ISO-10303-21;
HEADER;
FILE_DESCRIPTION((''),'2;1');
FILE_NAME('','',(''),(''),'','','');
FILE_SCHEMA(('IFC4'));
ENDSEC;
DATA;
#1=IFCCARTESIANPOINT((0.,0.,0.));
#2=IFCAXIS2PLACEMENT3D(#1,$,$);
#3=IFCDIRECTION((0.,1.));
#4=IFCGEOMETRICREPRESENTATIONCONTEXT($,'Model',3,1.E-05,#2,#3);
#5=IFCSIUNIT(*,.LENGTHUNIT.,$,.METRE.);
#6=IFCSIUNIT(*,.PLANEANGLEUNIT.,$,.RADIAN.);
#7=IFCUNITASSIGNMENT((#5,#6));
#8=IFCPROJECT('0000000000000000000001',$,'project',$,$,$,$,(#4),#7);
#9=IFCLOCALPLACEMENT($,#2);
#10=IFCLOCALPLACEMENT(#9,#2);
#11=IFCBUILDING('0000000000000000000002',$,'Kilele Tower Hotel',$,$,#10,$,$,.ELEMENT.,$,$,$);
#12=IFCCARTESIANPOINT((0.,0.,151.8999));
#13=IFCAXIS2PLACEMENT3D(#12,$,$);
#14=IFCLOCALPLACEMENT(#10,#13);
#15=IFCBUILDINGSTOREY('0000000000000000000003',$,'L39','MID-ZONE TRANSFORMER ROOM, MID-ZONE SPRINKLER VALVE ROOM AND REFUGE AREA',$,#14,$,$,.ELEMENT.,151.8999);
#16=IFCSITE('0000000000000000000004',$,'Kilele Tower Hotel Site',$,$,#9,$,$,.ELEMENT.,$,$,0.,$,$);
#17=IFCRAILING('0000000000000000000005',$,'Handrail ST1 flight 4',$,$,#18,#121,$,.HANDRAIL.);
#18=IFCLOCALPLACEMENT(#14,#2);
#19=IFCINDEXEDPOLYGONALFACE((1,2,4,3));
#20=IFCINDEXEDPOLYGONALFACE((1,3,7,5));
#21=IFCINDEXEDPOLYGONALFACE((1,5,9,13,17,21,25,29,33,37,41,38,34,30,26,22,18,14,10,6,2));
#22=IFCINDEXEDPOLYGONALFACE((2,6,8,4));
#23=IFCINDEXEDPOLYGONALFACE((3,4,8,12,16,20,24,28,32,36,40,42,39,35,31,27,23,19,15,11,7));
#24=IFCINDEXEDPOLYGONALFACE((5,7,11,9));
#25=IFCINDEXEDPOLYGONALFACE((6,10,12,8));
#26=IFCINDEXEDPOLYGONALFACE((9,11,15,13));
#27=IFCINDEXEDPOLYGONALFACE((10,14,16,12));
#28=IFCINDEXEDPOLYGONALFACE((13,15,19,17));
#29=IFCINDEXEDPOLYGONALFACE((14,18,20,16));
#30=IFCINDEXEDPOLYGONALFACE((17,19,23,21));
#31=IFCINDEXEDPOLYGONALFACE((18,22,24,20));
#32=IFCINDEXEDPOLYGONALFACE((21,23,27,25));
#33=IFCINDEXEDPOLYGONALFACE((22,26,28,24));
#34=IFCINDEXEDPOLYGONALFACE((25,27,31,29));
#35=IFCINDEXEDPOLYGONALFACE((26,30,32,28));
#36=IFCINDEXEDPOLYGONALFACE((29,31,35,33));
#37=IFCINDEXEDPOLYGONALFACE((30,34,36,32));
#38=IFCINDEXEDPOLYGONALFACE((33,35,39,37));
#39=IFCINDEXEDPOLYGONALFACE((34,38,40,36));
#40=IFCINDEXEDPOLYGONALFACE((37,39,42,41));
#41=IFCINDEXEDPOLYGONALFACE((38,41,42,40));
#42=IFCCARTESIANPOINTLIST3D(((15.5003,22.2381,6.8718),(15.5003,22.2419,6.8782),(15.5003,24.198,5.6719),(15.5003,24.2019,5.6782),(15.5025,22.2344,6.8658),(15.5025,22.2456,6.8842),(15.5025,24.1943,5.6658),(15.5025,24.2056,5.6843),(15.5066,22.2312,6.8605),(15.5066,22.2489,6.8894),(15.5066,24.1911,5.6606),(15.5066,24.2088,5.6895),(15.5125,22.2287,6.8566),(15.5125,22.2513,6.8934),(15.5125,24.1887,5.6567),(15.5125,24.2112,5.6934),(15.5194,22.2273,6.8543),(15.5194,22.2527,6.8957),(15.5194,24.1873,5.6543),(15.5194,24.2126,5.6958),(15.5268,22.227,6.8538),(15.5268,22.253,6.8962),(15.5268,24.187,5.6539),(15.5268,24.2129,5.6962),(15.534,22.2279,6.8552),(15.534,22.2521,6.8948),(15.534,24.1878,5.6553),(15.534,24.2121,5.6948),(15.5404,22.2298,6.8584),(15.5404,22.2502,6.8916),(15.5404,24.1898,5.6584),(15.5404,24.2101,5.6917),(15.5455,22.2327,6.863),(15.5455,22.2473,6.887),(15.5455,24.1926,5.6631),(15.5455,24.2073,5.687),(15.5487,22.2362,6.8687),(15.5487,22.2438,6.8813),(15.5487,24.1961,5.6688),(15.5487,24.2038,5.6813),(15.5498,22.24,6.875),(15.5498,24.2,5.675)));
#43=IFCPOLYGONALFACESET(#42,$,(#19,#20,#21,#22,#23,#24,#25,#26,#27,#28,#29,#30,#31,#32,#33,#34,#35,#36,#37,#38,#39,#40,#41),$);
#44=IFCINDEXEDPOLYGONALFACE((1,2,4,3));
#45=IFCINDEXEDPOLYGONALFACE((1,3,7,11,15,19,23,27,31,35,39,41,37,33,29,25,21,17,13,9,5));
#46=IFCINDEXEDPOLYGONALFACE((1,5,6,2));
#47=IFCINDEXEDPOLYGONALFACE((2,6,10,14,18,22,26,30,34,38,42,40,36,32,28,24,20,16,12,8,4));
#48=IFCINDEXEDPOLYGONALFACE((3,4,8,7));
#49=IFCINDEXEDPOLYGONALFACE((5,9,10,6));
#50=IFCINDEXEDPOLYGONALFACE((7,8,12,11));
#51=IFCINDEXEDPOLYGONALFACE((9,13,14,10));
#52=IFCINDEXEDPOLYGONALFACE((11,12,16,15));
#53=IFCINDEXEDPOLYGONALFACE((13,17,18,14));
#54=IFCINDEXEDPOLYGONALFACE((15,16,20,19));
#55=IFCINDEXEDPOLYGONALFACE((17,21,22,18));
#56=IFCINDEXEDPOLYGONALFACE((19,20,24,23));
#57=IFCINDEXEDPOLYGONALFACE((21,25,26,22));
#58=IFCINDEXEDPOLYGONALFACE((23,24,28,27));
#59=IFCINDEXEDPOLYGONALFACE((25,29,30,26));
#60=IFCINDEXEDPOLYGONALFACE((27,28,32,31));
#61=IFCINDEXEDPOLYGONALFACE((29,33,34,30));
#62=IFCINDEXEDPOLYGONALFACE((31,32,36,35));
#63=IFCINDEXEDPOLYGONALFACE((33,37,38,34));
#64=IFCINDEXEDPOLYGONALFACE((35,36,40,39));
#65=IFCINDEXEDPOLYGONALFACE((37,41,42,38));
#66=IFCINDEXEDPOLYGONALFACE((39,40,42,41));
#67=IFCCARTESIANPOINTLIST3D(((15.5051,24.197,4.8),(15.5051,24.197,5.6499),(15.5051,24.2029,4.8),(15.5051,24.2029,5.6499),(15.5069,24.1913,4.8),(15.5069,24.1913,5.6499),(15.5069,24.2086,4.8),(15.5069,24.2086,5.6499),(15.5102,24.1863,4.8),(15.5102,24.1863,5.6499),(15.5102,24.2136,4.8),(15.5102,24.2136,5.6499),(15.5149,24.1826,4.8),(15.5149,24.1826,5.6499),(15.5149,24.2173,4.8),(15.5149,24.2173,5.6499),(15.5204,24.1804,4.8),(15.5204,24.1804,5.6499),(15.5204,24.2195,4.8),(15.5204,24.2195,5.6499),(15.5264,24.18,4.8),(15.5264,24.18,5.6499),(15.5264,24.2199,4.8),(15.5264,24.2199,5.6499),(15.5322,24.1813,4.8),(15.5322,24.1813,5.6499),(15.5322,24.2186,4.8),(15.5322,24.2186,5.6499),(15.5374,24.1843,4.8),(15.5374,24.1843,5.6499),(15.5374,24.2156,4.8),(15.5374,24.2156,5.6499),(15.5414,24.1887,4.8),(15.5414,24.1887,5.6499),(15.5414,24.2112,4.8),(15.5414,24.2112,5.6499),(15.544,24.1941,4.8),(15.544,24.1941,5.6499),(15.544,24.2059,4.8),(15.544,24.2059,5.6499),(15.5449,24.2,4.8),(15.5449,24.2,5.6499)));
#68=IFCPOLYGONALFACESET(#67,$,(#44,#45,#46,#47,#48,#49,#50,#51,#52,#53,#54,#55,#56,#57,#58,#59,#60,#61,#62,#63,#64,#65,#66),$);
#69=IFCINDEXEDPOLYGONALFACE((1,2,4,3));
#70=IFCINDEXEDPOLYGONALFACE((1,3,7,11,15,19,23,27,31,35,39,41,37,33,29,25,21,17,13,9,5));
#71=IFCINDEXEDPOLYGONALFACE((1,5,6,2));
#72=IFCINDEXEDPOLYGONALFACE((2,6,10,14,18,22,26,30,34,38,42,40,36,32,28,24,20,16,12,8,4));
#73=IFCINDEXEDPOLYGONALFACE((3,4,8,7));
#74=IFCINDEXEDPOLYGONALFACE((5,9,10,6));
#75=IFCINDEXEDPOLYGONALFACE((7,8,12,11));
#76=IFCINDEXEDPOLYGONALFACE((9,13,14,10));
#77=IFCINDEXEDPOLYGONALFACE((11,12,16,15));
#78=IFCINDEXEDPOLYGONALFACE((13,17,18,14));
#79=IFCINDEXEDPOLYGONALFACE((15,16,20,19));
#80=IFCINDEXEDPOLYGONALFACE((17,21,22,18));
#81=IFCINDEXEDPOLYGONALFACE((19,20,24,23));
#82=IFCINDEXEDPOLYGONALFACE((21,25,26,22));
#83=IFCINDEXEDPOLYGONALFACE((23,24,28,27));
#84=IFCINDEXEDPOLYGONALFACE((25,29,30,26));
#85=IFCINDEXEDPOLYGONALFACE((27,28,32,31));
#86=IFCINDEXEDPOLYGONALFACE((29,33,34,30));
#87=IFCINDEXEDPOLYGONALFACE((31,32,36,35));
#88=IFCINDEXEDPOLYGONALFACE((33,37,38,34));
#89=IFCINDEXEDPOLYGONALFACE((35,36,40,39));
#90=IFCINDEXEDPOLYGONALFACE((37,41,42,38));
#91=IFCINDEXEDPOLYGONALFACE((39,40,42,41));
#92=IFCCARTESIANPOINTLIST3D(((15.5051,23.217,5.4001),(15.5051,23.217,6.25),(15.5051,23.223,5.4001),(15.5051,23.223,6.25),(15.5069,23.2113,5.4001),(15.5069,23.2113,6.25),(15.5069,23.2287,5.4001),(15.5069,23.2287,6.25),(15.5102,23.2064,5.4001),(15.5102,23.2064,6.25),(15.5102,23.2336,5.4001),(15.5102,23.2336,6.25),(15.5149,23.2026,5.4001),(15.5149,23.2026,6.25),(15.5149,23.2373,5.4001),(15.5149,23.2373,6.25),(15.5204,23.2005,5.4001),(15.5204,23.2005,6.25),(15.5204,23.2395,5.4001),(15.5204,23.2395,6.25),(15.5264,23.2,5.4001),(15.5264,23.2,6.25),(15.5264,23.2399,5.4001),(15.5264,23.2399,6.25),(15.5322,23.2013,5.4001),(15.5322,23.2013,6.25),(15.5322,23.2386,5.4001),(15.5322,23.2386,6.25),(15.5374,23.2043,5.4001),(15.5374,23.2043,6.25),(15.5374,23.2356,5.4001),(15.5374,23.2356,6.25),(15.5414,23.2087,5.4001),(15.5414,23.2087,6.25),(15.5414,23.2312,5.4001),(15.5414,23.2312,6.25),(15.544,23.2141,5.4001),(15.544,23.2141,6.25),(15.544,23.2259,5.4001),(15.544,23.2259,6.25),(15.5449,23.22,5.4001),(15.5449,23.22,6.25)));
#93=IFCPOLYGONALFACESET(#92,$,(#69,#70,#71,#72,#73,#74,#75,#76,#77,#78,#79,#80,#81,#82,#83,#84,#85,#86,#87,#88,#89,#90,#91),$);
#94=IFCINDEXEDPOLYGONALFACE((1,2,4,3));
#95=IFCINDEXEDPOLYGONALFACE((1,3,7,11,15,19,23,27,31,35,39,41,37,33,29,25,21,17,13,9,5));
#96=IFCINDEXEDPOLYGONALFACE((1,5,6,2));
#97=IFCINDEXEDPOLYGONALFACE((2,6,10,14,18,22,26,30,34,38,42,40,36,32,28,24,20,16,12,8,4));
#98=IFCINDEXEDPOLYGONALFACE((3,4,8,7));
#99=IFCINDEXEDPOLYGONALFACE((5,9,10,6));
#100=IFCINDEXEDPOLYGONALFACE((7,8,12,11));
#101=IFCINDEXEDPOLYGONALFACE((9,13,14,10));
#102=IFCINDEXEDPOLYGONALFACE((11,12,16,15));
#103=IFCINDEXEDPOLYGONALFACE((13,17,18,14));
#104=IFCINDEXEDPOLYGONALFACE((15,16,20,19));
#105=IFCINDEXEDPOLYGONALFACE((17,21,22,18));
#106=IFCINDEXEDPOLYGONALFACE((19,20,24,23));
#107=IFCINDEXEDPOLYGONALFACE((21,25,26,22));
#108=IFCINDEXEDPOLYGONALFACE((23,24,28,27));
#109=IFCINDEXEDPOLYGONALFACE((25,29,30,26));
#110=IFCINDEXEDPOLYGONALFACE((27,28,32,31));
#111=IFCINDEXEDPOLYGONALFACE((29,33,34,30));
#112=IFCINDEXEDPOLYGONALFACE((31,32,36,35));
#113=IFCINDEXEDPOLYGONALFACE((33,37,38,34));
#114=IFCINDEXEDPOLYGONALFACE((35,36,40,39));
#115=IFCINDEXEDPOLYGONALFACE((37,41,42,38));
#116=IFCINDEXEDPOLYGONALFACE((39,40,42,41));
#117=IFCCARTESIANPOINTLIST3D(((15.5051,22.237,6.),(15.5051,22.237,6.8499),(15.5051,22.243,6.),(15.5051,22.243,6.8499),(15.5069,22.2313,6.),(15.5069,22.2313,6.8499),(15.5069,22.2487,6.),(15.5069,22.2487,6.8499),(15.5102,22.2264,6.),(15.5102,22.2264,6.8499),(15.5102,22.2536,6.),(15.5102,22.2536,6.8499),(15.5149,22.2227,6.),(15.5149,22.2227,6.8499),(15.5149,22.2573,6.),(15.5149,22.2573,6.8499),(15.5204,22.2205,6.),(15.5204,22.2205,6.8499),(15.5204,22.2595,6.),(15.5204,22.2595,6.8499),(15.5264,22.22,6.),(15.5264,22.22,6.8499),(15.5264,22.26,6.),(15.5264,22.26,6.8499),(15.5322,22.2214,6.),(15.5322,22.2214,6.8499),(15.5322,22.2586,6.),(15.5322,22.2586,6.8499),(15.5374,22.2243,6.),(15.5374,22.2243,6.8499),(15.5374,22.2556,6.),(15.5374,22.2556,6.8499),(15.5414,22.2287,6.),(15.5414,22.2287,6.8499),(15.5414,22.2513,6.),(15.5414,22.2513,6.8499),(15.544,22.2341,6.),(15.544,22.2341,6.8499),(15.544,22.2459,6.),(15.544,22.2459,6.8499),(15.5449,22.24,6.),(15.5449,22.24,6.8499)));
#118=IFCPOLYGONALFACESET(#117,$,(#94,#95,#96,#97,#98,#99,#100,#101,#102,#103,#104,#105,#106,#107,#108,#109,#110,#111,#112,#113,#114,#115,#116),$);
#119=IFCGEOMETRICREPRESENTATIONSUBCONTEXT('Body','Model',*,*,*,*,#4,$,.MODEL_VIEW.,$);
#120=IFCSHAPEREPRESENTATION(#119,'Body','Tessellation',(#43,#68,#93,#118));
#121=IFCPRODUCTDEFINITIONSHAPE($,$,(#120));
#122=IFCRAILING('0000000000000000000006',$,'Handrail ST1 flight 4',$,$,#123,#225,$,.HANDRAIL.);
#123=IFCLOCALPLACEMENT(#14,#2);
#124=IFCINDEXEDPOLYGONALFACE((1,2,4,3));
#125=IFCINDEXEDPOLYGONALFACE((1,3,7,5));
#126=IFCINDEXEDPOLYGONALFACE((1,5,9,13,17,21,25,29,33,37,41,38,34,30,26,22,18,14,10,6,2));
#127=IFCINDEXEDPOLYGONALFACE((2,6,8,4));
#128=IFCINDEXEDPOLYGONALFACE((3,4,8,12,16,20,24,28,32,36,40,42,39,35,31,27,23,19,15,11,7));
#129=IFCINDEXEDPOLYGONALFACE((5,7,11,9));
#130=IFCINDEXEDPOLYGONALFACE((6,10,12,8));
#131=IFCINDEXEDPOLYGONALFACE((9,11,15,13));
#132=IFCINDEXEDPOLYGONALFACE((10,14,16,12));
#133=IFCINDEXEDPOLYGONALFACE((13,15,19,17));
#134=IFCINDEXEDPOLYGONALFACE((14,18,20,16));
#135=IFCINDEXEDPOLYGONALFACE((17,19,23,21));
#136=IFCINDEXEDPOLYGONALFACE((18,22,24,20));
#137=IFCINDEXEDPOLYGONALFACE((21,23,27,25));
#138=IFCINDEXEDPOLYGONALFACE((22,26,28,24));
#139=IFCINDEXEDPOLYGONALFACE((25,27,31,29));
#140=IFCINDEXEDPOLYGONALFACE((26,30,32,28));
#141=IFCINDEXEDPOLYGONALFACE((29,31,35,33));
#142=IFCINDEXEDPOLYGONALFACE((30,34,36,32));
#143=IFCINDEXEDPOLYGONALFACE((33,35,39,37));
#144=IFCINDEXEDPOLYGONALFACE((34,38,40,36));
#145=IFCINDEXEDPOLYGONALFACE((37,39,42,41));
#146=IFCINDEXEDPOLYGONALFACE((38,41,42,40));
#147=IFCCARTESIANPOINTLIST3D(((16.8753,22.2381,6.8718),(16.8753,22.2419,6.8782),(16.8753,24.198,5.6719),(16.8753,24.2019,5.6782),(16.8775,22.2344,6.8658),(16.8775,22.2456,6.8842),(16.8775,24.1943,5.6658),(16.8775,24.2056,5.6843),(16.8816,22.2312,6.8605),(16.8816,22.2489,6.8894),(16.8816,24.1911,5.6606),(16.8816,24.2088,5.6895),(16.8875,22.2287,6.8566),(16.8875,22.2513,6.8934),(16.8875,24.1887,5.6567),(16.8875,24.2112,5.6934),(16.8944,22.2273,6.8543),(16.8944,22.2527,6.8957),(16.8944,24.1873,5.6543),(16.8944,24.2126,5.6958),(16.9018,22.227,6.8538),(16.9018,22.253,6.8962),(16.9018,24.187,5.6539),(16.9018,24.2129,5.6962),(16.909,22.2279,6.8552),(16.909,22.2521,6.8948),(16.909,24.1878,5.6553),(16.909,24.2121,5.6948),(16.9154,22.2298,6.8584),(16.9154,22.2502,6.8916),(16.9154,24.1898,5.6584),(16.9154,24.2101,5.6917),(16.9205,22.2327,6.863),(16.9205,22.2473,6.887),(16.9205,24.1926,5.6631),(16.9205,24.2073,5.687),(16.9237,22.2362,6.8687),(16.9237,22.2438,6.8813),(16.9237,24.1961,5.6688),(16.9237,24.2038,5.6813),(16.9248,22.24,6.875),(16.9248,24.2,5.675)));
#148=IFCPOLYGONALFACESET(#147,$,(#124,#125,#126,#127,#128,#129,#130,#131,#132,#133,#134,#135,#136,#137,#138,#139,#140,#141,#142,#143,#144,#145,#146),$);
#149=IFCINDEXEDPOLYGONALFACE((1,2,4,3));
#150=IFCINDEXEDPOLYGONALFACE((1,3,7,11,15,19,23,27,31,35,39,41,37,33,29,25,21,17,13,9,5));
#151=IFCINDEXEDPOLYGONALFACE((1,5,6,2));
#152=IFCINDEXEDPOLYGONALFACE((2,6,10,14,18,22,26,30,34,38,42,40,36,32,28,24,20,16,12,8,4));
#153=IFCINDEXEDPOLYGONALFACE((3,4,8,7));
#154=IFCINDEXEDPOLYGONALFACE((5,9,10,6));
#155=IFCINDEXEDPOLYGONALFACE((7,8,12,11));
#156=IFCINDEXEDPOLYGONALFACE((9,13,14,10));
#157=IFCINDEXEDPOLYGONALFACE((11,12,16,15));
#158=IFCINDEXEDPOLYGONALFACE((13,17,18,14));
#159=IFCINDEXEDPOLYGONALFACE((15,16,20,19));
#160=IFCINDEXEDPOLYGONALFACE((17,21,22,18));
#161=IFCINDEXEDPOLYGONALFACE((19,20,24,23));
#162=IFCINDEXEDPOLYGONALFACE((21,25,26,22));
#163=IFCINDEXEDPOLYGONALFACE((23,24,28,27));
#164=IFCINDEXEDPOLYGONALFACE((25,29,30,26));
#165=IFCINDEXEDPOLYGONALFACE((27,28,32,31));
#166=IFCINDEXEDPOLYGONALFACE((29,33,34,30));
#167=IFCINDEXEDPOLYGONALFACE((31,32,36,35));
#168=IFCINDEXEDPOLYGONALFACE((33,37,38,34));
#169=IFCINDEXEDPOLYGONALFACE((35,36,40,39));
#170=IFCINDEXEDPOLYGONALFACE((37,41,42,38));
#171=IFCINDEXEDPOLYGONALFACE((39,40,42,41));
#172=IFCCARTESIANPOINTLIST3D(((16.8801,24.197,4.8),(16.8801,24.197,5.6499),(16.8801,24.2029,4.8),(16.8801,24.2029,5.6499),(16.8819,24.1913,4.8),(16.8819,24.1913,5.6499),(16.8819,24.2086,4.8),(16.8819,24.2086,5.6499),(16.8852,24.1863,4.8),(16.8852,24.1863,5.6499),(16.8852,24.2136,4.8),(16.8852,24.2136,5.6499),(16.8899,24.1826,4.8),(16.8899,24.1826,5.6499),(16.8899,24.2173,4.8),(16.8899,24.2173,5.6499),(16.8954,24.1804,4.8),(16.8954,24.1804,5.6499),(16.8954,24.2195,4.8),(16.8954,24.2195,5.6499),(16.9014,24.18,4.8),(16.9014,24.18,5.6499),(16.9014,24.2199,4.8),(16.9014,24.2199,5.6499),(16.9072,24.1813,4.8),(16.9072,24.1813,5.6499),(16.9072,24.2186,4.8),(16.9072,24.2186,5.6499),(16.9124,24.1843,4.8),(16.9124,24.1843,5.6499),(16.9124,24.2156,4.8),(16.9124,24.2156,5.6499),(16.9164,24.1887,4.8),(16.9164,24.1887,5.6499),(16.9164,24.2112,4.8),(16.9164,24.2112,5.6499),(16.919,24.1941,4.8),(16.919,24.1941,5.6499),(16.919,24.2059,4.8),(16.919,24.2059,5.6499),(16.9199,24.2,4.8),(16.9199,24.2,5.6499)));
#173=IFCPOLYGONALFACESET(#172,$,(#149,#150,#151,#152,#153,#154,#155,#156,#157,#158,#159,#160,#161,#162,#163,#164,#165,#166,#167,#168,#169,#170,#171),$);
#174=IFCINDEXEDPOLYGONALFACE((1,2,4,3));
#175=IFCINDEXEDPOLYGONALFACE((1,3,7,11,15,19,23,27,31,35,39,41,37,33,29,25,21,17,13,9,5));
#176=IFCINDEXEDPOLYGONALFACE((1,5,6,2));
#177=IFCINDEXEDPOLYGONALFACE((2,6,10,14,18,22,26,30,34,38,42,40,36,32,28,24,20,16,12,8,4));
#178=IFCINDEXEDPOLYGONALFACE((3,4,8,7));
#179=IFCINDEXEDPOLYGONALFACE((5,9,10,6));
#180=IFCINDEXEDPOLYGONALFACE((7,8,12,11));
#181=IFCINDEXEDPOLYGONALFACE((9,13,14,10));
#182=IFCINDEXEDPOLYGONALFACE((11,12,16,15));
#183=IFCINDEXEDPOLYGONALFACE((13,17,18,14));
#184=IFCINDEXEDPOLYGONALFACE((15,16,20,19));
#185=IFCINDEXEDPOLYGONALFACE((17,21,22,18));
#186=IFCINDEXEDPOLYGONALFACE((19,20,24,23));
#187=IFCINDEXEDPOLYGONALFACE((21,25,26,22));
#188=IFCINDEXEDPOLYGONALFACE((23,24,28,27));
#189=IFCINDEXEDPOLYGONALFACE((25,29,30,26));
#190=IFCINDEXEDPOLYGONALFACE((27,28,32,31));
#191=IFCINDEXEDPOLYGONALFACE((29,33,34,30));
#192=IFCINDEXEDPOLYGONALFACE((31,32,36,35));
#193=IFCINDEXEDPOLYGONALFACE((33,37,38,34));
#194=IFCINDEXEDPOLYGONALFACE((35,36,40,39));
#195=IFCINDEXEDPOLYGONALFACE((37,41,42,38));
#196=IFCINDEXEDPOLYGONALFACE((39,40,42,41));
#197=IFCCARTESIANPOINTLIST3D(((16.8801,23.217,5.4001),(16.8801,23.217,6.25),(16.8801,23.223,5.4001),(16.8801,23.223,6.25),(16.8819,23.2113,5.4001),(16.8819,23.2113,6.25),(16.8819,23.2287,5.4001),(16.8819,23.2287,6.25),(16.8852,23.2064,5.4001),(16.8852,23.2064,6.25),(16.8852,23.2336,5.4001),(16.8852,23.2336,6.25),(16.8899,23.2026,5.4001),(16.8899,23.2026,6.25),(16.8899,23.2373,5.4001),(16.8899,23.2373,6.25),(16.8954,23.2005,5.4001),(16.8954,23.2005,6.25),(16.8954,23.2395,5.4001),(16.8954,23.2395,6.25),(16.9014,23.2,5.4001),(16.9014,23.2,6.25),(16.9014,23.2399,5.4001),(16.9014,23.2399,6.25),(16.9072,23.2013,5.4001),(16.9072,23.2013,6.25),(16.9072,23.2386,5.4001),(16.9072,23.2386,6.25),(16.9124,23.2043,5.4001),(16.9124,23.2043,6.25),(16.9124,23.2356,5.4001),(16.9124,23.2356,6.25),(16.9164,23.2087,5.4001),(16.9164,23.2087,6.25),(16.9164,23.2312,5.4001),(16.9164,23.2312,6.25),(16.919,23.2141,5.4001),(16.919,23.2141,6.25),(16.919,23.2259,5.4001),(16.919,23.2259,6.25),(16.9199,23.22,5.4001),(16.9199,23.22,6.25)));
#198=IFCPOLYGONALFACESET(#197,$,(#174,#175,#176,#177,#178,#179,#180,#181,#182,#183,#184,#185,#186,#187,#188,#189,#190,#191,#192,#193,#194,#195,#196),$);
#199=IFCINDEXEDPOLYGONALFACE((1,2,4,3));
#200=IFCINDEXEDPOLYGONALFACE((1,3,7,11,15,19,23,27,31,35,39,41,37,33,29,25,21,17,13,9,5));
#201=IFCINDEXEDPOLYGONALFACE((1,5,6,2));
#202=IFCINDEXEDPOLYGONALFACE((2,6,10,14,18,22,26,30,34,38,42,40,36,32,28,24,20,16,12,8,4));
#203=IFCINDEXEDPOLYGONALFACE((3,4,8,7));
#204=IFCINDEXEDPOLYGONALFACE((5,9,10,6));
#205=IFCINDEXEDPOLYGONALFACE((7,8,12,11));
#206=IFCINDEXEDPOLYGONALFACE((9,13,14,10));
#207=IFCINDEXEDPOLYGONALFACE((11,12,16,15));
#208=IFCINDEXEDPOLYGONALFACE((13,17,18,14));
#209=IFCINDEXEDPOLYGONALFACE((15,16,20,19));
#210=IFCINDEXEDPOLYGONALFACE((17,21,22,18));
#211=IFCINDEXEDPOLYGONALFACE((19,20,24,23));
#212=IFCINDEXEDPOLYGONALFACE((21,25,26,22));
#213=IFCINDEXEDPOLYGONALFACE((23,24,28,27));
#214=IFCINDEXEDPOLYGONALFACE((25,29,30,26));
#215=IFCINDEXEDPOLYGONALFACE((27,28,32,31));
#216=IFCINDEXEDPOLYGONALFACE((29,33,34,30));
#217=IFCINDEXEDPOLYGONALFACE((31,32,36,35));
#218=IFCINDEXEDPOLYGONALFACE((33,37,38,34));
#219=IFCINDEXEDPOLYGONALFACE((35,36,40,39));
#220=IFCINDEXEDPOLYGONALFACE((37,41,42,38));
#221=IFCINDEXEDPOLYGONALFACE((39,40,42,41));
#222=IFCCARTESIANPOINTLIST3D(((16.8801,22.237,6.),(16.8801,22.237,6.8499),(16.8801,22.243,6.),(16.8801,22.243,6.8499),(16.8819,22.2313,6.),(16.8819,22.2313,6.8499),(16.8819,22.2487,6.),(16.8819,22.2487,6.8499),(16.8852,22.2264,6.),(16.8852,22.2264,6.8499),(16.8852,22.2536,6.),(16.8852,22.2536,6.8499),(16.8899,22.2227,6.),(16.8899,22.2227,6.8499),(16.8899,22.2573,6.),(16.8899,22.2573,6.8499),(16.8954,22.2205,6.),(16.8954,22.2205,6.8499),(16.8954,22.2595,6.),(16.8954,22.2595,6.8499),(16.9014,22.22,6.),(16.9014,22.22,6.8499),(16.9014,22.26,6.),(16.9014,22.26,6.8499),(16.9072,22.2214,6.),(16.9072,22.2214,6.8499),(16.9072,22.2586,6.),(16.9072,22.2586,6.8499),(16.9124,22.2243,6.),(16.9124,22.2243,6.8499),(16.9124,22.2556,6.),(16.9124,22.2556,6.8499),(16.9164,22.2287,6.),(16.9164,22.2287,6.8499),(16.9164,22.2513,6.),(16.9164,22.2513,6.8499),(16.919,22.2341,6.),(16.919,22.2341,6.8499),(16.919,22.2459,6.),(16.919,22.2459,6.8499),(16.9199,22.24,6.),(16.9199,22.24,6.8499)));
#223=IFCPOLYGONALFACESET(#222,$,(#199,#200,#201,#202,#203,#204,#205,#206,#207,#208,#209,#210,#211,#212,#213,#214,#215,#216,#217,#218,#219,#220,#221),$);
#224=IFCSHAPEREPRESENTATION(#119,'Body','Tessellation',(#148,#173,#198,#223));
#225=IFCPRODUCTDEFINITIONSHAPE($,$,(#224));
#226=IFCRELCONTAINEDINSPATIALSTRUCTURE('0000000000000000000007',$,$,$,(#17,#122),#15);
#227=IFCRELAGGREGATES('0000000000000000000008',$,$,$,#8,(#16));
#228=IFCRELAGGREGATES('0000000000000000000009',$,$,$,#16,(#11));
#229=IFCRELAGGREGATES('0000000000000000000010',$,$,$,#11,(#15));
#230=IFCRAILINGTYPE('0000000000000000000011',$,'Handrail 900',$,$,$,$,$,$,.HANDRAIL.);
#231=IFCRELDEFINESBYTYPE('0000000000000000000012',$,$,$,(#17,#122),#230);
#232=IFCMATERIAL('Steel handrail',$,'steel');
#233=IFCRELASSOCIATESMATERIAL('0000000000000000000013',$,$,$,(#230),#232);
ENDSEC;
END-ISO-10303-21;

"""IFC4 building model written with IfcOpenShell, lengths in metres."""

from ifc_helpers import new_model, si_unit, direction, frame, origin, origin_2d, place, context, subcontext, project, spatial, circle, extrude, material, type_object, element, save


model = new_model("IFC4")

# Units and contexts
model_context = context("Model", 3, precision=1e-05, world=origin(), true_north=direction((0.0, 1.0)))
body_context = subcontext(model_context, "Body", "Model", "MODEL_VIEW")
ifc_project = project(units=[si_unit("LENGTHUNIT", "METRE"), si_unit("PLANEANGLEUNIT", "RADIAN")], contexts=[model_context])

# Site, building, storey
site_placement = place(None, origin())
site = spatial("IfcSite", under=ifc_project, at=site_placement, Name="Kilele Tower Hotel Site", CompositionType="ELEMENT", RefElevation=0.0)
building_placement = place(site_placement, origin())
building = spatial("IfcBuilding", under=site, at=building_placement, Name="Kilele Tower Hotel", CompositionType="ELEMENT")
storey_placement = place(building_placement, frame((0.0, 0.0, 151.8999)))
storey = spatial("IfcBuildingStorey", under=building, at=storey_placement, Name="L39", Description="MID-ZONE TRANSFORMER ROOM, MID-ZONE SPRINKLER VALVE ROOM AND REFUGE AREA", CompositionType="ELEMENT", Elevation=151.8999)

# Railings
ifc_material_1 = material(Name="Steel handrail", Category="steel")
railing_type_1 = type_object("IfcRailingType", Name="Handrail 900", PredefinedType="HANDRAIL", material=ifc_material_1)
for number, where, name in (
    (1, (15.5249, 24.2, 4.8), "Handrail ST1 flight 4"),
    (2, (16.8999, 24.2, 4.8), "Handrail ST1 flight 4"),
):
    element("IfcRailing", number, at=place(storey_placement, frame(where)), inside=storey, type_object=railing_type_1, Name=name, PredefinedType="HANDRAIL", context=body_context, shape_type="SweptSolid", body=[
        extrude(circle(Radius=0.0249, at=origin_2d()), frame((0.0, 0.0, 0.875), z_axis=(0.0, -0.852856, 0.522146), x_axis=(1.0, 0.0, 0.0)), (0.0, 0.0, 1.0), 2.2981),
        extrude(circle(Radius=0.02, at=origin_2d()), origin(), (0.0, 0.0, 1.0), 0.8499),
        extrude(circle(Radius=0.02, at=origin_2d()), frame((0.0, -0.98, 0.6001)), (0.0, 0.0, 1.0), 0.8499),
        extrude(circle(Radius=0.02, at=origin_2d()), frame((0.0, -1.96, 1.2)), (0.0, 0.0, 1.0), 0.8499),
    ])

save(model, "model.ifc")
